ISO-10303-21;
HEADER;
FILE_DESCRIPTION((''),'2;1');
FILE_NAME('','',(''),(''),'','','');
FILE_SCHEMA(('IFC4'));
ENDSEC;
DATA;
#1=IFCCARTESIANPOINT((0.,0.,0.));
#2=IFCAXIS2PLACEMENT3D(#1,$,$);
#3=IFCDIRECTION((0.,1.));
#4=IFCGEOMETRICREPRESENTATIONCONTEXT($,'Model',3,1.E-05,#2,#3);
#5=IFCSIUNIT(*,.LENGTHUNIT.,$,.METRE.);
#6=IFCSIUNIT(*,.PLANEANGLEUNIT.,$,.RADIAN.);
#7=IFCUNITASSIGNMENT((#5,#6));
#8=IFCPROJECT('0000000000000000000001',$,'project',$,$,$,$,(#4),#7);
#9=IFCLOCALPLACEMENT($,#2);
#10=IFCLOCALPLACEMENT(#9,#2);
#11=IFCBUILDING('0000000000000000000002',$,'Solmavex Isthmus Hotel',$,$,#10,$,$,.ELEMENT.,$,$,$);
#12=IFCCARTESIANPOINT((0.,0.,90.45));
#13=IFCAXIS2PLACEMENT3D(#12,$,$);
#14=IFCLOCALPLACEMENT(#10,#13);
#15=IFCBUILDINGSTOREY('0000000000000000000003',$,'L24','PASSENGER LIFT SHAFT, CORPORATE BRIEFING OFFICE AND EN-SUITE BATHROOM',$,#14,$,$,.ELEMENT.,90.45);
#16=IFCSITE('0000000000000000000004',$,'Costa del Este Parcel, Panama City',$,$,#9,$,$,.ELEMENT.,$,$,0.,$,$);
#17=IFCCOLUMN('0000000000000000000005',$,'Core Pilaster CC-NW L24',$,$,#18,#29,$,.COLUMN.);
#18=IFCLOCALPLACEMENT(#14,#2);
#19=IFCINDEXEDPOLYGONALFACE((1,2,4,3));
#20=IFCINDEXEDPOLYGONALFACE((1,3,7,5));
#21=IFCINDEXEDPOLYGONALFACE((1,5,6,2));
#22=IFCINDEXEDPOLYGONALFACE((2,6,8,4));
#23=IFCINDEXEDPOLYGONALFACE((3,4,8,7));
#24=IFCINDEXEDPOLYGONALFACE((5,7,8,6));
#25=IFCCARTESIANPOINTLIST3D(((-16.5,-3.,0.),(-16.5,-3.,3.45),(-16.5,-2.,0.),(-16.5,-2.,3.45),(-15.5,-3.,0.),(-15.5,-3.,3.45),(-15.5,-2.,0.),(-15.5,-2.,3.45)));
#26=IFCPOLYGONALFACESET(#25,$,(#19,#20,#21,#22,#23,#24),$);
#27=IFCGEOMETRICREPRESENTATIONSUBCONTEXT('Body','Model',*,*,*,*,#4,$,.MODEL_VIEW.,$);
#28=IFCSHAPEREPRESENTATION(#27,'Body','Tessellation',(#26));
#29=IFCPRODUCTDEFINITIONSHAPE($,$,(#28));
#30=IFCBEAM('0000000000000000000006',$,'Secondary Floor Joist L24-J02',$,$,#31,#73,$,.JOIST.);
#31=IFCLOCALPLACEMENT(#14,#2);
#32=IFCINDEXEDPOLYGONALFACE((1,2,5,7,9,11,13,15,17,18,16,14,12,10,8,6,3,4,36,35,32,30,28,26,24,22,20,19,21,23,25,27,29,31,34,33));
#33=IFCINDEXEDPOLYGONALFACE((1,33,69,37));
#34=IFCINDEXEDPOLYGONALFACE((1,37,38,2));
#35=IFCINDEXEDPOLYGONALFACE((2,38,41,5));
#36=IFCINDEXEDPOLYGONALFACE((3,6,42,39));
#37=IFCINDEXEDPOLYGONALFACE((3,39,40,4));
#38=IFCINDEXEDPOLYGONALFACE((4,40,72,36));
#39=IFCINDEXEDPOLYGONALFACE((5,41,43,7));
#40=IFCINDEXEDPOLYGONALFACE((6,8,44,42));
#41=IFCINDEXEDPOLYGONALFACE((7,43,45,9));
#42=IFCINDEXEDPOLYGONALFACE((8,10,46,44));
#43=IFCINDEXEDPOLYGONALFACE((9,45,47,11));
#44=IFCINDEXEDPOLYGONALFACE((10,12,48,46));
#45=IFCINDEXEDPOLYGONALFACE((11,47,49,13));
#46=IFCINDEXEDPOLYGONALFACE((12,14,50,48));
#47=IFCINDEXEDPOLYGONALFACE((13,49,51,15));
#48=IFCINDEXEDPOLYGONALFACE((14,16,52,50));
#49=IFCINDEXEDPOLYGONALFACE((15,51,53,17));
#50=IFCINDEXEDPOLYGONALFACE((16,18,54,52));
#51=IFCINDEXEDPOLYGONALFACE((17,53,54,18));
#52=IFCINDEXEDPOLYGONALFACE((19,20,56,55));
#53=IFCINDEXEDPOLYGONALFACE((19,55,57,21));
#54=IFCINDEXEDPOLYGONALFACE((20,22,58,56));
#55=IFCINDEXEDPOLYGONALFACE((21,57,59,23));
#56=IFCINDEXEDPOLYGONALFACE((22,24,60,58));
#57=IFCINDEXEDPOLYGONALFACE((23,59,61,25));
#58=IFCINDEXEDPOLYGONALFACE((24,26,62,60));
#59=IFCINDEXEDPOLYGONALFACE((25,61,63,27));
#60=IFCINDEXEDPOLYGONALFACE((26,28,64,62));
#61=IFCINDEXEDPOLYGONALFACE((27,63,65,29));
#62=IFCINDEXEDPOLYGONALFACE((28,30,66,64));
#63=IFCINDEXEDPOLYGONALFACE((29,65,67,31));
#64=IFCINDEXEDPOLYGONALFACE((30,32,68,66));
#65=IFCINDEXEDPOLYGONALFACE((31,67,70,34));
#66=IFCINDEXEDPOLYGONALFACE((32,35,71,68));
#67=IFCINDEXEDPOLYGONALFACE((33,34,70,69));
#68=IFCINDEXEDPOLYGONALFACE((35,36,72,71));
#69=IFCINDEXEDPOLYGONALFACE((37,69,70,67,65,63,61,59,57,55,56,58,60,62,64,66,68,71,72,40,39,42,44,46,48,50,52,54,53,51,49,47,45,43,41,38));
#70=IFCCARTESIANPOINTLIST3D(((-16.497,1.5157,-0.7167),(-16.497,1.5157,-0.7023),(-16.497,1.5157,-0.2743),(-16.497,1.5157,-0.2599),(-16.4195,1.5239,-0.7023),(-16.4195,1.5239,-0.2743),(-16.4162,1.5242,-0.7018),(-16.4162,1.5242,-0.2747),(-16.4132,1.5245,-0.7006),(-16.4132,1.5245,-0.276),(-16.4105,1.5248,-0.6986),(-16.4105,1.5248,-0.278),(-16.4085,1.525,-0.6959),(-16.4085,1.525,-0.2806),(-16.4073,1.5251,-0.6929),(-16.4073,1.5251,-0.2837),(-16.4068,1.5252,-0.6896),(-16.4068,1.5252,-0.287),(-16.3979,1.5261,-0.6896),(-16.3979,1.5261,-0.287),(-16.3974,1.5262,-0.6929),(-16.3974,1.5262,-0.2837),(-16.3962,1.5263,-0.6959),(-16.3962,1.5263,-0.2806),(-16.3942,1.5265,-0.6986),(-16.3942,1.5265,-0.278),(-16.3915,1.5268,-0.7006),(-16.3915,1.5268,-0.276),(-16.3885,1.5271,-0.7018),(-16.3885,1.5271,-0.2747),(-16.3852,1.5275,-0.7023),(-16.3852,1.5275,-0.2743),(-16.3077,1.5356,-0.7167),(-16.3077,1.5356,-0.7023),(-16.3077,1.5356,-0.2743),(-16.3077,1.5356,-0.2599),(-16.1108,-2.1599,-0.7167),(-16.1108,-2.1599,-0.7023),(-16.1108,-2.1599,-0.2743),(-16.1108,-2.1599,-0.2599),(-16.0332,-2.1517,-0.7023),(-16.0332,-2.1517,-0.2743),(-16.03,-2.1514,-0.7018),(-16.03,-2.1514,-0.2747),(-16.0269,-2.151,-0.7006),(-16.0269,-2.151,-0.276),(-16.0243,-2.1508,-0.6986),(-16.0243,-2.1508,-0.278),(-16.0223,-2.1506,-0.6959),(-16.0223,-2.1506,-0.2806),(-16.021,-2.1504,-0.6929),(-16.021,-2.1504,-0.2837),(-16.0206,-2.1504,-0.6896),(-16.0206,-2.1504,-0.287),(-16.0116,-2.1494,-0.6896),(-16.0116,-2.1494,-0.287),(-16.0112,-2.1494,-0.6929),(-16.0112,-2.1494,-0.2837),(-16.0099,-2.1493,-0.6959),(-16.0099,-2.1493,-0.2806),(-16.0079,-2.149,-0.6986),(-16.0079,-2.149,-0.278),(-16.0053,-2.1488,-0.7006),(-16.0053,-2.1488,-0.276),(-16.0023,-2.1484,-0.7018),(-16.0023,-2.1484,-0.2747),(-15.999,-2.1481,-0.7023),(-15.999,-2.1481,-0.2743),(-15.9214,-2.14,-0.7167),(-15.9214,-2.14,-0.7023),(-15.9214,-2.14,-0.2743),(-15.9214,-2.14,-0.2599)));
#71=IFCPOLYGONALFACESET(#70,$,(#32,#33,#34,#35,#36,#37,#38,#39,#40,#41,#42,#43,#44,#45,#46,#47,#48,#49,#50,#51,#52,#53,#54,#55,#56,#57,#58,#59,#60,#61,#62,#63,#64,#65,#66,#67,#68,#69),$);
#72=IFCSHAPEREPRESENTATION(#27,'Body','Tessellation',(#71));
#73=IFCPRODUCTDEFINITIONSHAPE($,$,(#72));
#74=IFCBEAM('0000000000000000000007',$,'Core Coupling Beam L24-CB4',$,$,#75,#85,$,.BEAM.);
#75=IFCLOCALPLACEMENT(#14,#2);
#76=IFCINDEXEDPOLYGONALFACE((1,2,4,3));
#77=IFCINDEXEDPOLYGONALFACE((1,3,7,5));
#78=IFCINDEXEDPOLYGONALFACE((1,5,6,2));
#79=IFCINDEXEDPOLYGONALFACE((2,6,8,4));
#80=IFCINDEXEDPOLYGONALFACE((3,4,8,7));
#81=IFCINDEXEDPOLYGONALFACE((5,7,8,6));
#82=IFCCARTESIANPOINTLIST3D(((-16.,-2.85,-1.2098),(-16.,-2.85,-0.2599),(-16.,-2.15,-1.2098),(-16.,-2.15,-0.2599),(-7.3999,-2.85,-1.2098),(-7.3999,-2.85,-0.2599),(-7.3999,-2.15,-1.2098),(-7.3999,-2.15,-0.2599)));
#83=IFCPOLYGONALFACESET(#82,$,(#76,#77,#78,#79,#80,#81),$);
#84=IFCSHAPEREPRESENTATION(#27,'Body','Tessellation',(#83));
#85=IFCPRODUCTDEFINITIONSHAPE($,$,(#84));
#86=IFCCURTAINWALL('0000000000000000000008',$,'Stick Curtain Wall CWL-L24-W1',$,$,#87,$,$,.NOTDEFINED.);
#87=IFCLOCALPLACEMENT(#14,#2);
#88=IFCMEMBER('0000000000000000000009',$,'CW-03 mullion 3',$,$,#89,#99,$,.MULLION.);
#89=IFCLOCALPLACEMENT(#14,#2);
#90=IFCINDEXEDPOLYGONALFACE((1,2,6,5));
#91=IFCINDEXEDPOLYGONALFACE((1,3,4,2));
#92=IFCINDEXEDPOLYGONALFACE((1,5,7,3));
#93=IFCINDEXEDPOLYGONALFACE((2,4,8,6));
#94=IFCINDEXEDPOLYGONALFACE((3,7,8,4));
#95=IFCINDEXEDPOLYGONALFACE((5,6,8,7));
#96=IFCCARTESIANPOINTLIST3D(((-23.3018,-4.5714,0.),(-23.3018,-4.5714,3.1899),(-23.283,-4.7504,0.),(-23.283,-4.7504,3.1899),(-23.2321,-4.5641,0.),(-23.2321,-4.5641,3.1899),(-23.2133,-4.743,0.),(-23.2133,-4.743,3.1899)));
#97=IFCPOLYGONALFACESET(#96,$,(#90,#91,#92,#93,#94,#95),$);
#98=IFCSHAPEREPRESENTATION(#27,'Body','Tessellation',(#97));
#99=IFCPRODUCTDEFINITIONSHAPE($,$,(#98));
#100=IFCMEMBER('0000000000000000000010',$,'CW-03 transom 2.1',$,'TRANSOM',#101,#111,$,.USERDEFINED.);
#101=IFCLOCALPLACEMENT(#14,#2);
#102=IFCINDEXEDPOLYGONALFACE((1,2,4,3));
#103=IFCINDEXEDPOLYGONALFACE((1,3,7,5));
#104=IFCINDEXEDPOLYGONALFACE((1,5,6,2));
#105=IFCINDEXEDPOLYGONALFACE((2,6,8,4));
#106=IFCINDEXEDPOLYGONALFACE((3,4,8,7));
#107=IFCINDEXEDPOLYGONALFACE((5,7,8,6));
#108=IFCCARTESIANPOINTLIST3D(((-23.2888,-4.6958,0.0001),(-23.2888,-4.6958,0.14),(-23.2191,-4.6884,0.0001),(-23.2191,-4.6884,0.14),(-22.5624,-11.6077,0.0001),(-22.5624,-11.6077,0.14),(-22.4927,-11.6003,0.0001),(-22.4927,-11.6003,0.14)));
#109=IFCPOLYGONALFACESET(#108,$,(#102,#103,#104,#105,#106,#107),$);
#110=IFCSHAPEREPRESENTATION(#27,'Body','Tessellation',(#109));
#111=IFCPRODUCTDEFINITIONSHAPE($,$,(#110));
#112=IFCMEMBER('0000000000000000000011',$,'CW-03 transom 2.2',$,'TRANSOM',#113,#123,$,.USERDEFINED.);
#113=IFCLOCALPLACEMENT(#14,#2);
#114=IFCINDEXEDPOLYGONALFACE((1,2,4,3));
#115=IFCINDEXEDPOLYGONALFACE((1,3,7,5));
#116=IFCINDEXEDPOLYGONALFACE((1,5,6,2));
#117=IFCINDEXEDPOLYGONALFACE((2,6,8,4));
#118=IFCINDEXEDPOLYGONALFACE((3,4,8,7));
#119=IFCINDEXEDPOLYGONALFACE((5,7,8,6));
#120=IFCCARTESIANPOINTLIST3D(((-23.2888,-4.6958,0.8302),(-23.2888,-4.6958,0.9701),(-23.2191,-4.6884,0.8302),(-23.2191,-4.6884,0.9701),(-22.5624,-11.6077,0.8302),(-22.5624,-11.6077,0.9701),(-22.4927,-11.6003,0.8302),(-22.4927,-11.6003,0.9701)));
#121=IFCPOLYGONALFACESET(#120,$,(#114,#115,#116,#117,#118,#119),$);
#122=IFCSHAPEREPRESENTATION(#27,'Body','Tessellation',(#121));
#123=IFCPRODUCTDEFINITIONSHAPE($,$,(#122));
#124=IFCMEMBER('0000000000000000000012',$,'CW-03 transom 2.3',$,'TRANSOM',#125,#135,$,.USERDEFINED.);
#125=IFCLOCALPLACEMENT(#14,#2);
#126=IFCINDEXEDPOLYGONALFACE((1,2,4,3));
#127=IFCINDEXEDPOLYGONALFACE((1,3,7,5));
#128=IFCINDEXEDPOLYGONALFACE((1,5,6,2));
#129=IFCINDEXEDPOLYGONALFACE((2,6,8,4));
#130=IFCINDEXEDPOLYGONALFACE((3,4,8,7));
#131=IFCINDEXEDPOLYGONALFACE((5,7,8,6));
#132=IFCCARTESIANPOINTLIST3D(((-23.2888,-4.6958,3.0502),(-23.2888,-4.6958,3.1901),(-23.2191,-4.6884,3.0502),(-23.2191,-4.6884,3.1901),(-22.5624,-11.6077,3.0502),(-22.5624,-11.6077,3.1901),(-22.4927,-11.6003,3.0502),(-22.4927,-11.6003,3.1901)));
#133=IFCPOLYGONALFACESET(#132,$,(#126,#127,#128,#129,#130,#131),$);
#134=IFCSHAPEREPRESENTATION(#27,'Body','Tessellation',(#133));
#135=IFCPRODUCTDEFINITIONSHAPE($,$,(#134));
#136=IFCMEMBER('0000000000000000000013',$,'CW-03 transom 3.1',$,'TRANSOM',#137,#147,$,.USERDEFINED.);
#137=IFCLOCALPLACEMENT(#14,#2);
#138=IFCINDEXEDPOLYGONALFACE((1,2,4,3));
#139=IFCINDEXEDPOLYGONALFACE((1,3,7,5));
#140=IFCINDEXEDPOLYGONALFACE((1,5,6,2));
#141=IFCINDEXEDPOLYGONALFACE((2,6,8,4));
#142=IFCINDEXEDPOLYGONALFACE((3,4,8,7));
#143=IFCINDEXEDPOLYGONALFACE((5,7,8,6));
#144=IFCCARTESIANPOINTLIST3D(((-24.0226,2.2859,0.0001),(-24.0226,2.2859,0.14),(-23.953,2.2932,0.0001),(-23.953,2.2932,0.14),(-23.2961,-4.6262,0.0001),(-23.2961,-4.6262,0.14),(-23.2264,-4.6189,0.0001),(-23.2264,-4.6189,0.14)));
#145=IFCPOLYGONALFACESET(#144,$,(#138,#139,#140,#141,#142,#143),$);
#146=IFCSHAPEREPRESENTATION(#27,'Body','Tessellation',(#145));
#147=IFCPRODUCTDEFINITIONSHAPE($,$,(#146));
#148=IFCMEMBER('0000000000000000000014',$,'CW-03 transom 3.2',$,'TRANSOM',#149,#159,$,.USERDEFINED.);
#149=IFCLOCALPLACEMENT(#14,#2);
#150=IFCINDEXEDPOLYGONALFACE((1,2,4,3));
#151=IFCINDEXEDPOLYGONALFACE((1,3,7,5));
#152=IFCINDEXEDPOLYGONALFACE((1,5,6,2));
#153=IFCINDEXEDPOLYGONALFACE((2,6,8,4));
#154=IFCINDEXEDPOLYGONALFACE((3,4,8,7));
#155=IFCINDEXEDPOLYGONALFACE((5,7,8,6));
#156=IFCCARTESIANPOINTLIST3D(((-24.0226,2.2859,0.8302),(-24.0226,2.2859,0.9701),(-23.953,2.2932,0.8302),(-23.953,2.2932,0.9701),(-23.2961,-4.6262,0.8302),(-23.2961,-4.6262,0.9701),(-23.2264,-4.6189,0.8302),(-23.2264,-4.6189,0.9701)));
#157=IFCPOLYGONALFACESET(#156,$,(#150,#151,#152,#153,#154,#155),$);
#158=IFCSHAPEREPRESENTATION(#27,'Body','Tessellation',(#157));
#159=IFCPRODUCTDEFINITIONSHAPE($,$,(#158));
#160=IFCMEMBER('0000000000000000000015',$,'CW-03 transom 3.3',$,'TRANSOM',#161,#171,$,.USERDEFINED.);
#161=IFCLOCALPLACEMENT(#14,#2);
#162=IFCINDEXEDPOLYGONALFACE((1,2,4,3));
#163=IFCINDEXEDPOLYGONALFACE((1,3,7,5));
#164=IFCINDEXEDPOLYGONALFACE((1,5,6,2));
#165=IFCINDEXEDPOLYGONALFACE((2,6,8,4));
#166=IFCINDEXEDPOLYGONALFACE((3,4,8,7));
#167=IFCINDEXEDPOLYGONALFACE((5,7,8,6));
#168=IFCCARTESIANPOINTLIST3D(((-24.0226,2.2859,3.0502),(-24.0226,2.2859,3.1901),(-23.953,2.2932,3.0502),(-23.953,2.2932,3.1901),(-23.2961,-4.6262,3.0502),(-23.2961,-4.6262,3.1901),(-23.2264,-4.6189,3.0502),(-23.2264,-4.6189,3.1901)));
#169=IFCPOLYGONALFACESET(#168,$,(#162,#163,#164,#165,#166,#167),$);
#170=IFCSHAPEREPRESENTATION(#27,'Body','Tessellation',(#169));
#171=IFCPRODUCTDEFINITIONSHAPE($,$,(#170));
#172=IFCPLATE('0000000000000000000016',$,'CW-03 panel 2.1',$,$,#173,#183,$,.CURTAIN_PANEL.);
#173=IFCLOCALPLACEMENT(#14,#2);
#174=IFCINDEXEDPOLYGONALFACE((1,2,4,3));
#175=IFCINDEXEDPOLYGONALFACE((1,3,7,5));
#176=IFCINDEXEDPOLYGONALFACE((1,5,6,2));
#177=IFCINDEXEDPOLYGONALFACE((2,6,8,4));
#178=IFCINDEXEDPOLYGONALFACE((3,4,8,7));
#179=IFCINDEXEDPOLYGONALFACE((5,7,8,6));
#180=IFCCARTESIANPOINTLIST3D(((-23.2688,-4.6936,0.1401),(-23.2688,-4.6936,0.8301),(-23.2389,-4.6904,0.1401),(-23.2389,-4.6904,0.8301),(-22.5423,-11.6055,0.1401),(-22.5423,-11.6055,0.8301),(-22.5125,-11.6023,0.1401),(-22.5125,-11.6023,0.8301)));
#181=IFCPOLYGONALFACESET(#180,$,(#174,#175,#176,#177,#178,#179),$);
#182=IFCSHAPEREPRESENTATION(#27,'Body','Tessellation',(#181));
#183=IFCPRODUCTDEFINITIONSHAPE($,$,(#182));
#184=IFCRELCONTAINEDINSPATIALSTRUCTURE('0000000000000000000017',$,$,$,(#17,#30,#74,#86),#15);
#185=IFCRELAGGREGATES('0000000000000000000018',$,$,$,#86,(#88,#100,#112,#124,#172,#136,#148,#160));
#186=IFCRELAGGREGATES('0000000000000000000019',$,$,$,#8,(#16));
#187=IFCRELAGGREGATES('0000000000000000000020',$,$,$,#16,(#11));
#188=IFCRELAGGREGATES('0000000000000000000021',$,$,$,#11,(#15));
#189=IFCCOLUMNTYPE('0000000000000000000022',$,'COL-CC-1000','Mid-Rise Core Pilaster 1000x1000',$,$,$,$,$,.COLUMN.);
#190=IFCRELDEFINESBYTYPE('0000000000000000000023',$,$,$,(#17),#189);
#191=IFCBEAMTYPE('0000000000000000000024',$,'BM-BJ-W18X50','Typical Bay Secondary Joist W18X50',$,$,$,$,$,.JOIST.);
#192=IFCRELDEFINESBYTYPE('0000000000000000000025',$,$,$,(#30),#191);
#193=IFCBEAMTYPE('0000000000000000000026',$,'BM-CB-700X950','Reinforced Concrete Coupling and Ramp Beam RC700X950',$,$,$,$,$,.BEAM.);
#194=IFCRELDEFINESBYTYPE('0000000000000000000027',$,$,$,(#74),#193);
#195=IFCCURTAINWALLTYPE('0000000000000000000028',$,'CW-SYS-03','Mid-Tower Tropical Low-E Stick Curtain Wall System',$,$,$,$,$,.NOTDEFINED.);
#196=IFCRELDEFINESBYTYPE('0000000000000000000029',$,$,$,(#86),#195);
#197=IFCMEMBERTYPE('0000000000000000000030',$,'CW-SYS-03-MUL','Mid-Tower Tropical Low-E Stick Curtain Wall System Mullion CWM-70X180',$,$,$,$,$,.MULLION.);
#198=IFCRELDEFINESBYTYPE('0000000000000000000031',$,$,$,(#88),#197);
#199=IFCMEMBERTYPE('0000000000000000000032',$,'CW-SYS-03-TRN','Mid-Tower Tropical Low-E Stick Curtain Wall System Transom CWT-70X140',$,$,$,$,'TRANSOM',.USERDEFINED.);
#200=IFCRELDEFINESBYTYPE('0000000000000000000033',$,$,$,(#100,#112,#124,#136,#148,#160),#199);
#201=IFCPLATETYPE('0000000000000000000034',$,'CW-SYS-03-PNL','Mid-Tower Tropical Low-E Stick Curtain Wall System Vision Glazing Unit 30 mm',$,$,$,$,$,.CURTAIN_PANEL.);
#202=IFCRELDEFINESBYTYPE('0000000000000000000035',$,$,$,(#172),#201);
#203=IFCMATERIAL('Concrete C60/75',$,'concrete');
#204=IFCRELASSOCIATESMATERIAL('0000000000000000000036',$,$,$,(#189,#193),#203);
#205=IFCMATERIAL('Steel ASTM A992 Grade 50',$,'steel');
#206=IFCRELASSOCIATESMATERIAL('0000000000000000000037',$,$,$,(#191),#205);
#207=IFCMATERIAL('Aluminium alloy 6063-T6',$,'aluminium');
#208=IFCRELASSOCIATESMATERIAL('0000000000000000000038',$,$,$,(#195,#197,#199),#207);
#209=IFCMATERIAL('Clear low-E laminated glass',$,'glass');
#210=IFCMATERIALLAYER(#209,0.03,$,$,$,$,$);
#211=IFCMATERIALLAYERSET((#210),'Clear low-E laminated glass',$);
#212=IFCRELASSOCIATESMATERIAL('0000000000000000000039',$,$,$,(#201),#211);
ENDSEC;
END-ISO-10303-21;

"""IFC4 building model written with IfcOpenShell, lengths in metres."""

from ifc_helpers import new_model, si_unit, direction, frame, origin, origin_2d, place, context, subcontext, project, spatial, rectangle, i_section, extrude, material, layer, layer_set, material_profile, profile_set, type_object, element, aggregate, save


model = new_model("IFC4")

# Units and contexts
model_context = context("Model", 3, precision=1e-05, world=origin(), true_north=direction((0.0, 1.0)))
body_context = subcontext(model_context, "Body", "Model", "MODEL_VIEW")
ifc_project = project(units=[si_unit("LENGTHUNIT", "METRE"), si_unit("PLANEANGLEUNIT", "RADIAN")], contexts=[model_context])

# Site, building, storey
site_placement = place(None, origin())
site = spatial("IfcSite", under=ifc_project, at=site_placement, Name="Costa del Este Parcel, Panama City", CompositionType="ELEMENT", RefElevation=0.0)
building_placement = place(site_placement, origin())
building = spatial("IfcBuilding", under=site, at=building_placement, Name="Solmavex Isthmus Hotel", CompositionType="ELEMENT")
storey_placement = place(building_placement, frame((0.0, 0.0, 90.45)))
storey = spatial("IfcBuildingStorey", under=building, at=storey_placement, Name="L24", Description="PASSENGER LIFT SHAFT, CORPORATE BRIEFING OFFICE AND EN-SUITE BATHROOM", CompositionType="ELEMENT", Elevation=90.45)

# Column
ifc_material_1 = material(Name="Concrete C60/75", Category="concrete")
ifc_material_profile_1 = material_profile(ifc_material_1, rectangle(XDim=1.0, YDim=1.0, at=origin_2d()), Name="RC1000X1000")
ifc_profile_set_1 = profile_set([ifc_material_profile_1], Name="Concrete C60/75")
column_type = type_object("IfcColumnType", Name="COL-CC-1000", Description="Mid-Rise Core Pilaster 1000x1000", PredefinedType="COLUMN", material=ifc_profile_set_1)
column_placement = place(storey_placement, frame((-16.0, -2.5, 0.0), z_axis=(0.0, 0.0, 1.0), x_axis=(1.0, 0.0, 0.0)))
element("IfcColumn", 1, at=column_placement, inside=storey, type_object=column_type, Name="Core Pilaster CC-NW L24", PredefinedType="COLUMN", context=body_context, shape_type="SweptSolid", body=[
    extrude(rectangle(XDim=1.0, YDim=1.0, at=origin_2d()), origin(), (0.0, 0.0, 1.0), 3.45),
])

# Beams
ifc_material_2 = material(Name="Steel ASTM A992 Grade 50", Category="steel")
ifc_material_profile_2 = material_profile(ifc_material_2, i_section(OverallWidth=0.1904, OverallDepth=0.4568, WebThickness=0.009, FlangeThickness=0.0144, FilletRadius=0.0127, at=origin_2d()), Name="W18X50")
ifc_profile_set_2 = profile_set([ifc_material_profile_2], Name="Steel ASTM A992 Grade 50")
beam_type_1 = type_object("IfcBeamType", Name="BM-BJ-W18X50", Description="Typical Bay Secondary Joist W18X50", PredefinedType="JOIST", material=ifc_profile_set_2)
beam_1_placement = place(storey_placement, frame((-16.0161, -2.1499, -0.4883), z_axis=(-0.104506, 0.994524, 0.0), x_axis=(-0.994524, -0.104506, 0.0)))
element("IfcBeam", 2, at=beam_1_placement, inside=storey, type_object=beam_type_1, Name="Secondary Floor Joist L24-J02", PredefinedType="JOIST", context=body_context, shape_type="SweptSolid", body=[
    extrude(i_section(OverallWidth=0.1904, OverallDepth=0.4568, WebThickness=0.009, FlangeThickness=0.0144, FilletRadius=0.0127, at=origin_2d()), origin(), (0.0, 0.0, 1.0), 3.6958),
])
ifc_material_profile_3 = material_profile(ifc_material_1, rectangle(XDim=0.7, YDim=0.95, at=origin_2d()), Name="RC700X950")
ifc_profile_set_3 = profile_set([ifc_material_profile_3], Name="Concrete C60/75")
beam_type_2 = type_object("IfcBeamType", Name="BM-CB-700X950", Description="Reinforced Concrete Coupling and Ramp Beam RC700X950", PredefinedType="BEAM", material=ifc_profile_set_3)
beam_2_placement = place(storey_placement, frame((-16.0, -2.5, -0.7349), z_axis=(1.0, 0.0, 0.0), x_axis=(0.0, 1.0, 0.0)))
element("IfcBeam", 3, at=beam_2_placement, inside=storey, type_object=beam_type_2, Name="Core Coupling Beam L24-CB4", PredefinedType="BEAM", context=body_context, shape_type="SweptSolid", body=[
    extrude(rectangle(XDim=0.7, YDim=0.95, at=origin_2d()), origin(), (0.0, 0.0, 1.0), 8.6001),
])

# Curtain wall, members, plate
ifc_material_3 = material(Name="Aluminium alloy 6063-T6", Category="aluminium")
curtain_wall_type = type_object("IfcCurtainWallType", Name="CW-SYS-03", Description="Mid-Tower Tropical Low-E Stick Curtain Wall System", PredefinedType="NOTDEFINED", material=ifc_material_3)
curtain_wall_placement = place(storey_placement, origin())
curtain_wall = element("IfcCurtainWall", 4, at=curtain_wall_placement, inside=storey, type_object=curtain_wall_type, Name="Stick Curtain Wall CWL-L24-W1", PredefinedType="NOTDEFINED")
ifc_material_profile_4 = material_profile(ifc_material_3, rectangle(XDim=0.0701, YDim=0.1799, at=origin_2d()), Name="CWM-70X180")
ifc_profile_set_4 = profile_set([ifc_material_profile_4], Name="Aluminium alloy 6063-T6")
member_type_1 = type_object("IfcMemberType", Name="CW-SYS-03-MUL", Description="Mid-Tower Tropical Low-E Stick Curtain Wall System Mullion CWM-70X180", PredefinedType="MULLION", material=ifc_profile_set_4)
member_1_placement = place(storey_placement, frame((-23.2576, -4.6572, 0.0), z_axis=(0.0, 0.0, 1.0), x_axis=(-0.994522, -0.104528, 0.0)))
member_1 = element("IfcMember", 5, at=member_1_placement, type_object=member_type_1, Name="CW-03 mullion 3", PredefinedType="MULLION", context=body_context, shape_type="SweptSolid", body=[
    extrude(rectangle(XDim=0.0701, YDim=0.1799, at=origin_2d()), origin(), (0.0, 0.0, 1.0), 3.1899),
])
ifc_material_profile_5 = material_profile(ifc_material_3, rectangle(XDim=0.0701, YDim=0.1399, at=origin_2d()), Name="CWT-70X140")
ifc_profile_set_5 = profile_set([ifc_material_profile_5], Name="Aluminium alloy 6063-T6")
member_type_2 = type_object("IfcMemberType", Name="CW-SYS-03-TRN", Description="Mid-Tower Tropical Low-E Stick Curtain Wall System Transom CWT-70X140", ElementType="TRANSOM", PredefinedType="USERDEFINED", material=ifc_profile_set_5)
member_2_placement = place(storey_placement, frame((-22.5276, -11.604, 0.0701), z_axis=(-0.104507, 0.994524, 0.0), x_axis=(-0.994524, -0.104507, 0.0)))
member_2 = element("IfcMember", 6, at=member_2_placement, type_object=member_type_2, Name="CW-03 transom 2.1", ObjectType="TRANSOM", PredefinedType="USERDEFINED", context=body_context, shape_type="SweptSolid", body=[
    extrude(rectangle(XDim=0.0701, YDim=0.1399, at=origin_2d()), origin(), (0.0, 0.0, 1.0), 6.95),
])
member_3_placement = place(storey_placement, frame((-22.5276, -11.604, 0.9001), z_axis=(-0.104507, 0.994524, 0.0), x_axis=(-0.994524, -0.104507, 0.0)))
member_3 = element("IfcMember", 7, at=member_3_placement, type_object=member_type_2, Name="CW-03 transom 2.2", ObjectType="TRANSOM", PredefinedType="USERDEFINED", context=body_context, shape_type="SweptSolid", body=[
    extrude(rectangle(XDim=0.0701, YDim=0.1399, at=origin_2d()), origin(), (0.0, 0.0, 1.0), 6.95),
])
member_4_placement = place(storey_placement, frame((-22.5276, -11.604, 3.1201), z_axis=(-0.104507, 0.994524, 0.0), x_axis=(-0.994524, -0.104507, 0.0)))
member_4 = element("IfcMember", 8, at=member_4_placement, type_object=member_type_2, Name="CW-03 transom 2.3", ObjectType="TRANSOM", PredefinedType="USERDEFINED", context=body_context, shape_type="SweptSolid", body=[
    extrude(rectangle(XDim=0.0701, YDim=0.1399, at=origin_2d()), origin(), (0.0, 0.0, 1.0), 6.95),
])
member_5_placement = place(storey_placement, frame((-23.2612, -4.6226, 0.0701), z_axis=(-0.104539, 0.994521, 0.0), x_axis=(-0.994521, -0.104539, 0.0)))
member_5 = element("IfcMember", 9, at=member_5_placement, type_object=member_type_2, Name="CW-03 transom 3.1", ObjectType="TRANSOM", PredefinedType="USERDEFINED", context=body_context, shape_type="SweptSolid", body=[
    extrude(rectangle(XDim=0.0701, YDim=0.1399, at=origin_2d()), origin(), (0.0, 0.0, 1.0), 6.9502),
])
member_6_placement = place(storey_placement, frame((-23.2612, -4.6226, 0.9001), z_axis=(-0.104539, 0.994521, 0.0), x_axis=(-0.994521, -0.104539, 0.0)))
member_6 = element("IfcMember", 10, at=member_6_placement, type_object=member_type_2, Name="CW-03 transom 3.2", ObjectType="TRANSOM", PredefinedType="USERDEFINED", context=body_context, shape_type="SweptSolid", body=[
    extrude(rectangle(XDim=0.0701, YDim=0.1399, at=origin_2d()), origin(), (0.0, 0.0, 1.0), 6.9502),
])
member_7_placement = place(storey_placement, frame((-23.2612, -4.6226, 3.1201), z_axis=(-0.104539, 0.994521, 0.0), x_axis=(-0.994521, -0.104539, 0.0)))
member_7 = element("IfcMember", 11, at=member_7_placement, type_object=member_type_2, Name="CW-03 transom 3.3", ObjectType="TRANSOM", PredefinedType="USERDEFINED", context=body_context, shape_type="SweptSolid", body=[
    extrude(rectangle(XDim=0.0701, YDim=0.1399, at=origin_2d()), origin(), (0.0, 0.0, 1.0), 6.9502),
])
ifc_material_4 = material(Name="Clear low-E laminated glass", Category="glass")
ifc_layer_1 = layer(ifc_material_4, 0.03)
ifc_layer_set_1 = layer_set([ifc_layer_1], Name="Clear low-E laminated glass")
plate_type = type_object("IfcPlateType", Name="CW-SYS-03-PNL", Description="Mid-Tower Tropical Low-E Stick Curtain Wall System Vision Glazing Unit 30 mm", PredefinedType="CURTAIN_PANEL", material=ifc_layer_set_1)
plate_1_placement = place(storey_placement, frame((-22.8906, -8.1479, 0.1401), z_axis=(0.0, 0.0, 1.0), x_axis=(-0.104528, 0.994522, 0.0)))
plate_1 = element("IfcPlate", 12, at=plate_1_placement, type_object=plate_type, Name="CW-03 panel 2.1", PredefinedType="CURTAIN_PANEL", context=body_context, shape_type="SweptSolid", body=[
    extrude(rectangle(XDim=6.95, YDim=0.03, at=origin_2d()), origin(), (0.0, 0.0, 1.0), 0.6899),
])
aggregate(curtain_wall, [member_1, member_2, member_3, member_4, plate_1, member_5, member_6, member_7])

save(model, "model.ifc")
